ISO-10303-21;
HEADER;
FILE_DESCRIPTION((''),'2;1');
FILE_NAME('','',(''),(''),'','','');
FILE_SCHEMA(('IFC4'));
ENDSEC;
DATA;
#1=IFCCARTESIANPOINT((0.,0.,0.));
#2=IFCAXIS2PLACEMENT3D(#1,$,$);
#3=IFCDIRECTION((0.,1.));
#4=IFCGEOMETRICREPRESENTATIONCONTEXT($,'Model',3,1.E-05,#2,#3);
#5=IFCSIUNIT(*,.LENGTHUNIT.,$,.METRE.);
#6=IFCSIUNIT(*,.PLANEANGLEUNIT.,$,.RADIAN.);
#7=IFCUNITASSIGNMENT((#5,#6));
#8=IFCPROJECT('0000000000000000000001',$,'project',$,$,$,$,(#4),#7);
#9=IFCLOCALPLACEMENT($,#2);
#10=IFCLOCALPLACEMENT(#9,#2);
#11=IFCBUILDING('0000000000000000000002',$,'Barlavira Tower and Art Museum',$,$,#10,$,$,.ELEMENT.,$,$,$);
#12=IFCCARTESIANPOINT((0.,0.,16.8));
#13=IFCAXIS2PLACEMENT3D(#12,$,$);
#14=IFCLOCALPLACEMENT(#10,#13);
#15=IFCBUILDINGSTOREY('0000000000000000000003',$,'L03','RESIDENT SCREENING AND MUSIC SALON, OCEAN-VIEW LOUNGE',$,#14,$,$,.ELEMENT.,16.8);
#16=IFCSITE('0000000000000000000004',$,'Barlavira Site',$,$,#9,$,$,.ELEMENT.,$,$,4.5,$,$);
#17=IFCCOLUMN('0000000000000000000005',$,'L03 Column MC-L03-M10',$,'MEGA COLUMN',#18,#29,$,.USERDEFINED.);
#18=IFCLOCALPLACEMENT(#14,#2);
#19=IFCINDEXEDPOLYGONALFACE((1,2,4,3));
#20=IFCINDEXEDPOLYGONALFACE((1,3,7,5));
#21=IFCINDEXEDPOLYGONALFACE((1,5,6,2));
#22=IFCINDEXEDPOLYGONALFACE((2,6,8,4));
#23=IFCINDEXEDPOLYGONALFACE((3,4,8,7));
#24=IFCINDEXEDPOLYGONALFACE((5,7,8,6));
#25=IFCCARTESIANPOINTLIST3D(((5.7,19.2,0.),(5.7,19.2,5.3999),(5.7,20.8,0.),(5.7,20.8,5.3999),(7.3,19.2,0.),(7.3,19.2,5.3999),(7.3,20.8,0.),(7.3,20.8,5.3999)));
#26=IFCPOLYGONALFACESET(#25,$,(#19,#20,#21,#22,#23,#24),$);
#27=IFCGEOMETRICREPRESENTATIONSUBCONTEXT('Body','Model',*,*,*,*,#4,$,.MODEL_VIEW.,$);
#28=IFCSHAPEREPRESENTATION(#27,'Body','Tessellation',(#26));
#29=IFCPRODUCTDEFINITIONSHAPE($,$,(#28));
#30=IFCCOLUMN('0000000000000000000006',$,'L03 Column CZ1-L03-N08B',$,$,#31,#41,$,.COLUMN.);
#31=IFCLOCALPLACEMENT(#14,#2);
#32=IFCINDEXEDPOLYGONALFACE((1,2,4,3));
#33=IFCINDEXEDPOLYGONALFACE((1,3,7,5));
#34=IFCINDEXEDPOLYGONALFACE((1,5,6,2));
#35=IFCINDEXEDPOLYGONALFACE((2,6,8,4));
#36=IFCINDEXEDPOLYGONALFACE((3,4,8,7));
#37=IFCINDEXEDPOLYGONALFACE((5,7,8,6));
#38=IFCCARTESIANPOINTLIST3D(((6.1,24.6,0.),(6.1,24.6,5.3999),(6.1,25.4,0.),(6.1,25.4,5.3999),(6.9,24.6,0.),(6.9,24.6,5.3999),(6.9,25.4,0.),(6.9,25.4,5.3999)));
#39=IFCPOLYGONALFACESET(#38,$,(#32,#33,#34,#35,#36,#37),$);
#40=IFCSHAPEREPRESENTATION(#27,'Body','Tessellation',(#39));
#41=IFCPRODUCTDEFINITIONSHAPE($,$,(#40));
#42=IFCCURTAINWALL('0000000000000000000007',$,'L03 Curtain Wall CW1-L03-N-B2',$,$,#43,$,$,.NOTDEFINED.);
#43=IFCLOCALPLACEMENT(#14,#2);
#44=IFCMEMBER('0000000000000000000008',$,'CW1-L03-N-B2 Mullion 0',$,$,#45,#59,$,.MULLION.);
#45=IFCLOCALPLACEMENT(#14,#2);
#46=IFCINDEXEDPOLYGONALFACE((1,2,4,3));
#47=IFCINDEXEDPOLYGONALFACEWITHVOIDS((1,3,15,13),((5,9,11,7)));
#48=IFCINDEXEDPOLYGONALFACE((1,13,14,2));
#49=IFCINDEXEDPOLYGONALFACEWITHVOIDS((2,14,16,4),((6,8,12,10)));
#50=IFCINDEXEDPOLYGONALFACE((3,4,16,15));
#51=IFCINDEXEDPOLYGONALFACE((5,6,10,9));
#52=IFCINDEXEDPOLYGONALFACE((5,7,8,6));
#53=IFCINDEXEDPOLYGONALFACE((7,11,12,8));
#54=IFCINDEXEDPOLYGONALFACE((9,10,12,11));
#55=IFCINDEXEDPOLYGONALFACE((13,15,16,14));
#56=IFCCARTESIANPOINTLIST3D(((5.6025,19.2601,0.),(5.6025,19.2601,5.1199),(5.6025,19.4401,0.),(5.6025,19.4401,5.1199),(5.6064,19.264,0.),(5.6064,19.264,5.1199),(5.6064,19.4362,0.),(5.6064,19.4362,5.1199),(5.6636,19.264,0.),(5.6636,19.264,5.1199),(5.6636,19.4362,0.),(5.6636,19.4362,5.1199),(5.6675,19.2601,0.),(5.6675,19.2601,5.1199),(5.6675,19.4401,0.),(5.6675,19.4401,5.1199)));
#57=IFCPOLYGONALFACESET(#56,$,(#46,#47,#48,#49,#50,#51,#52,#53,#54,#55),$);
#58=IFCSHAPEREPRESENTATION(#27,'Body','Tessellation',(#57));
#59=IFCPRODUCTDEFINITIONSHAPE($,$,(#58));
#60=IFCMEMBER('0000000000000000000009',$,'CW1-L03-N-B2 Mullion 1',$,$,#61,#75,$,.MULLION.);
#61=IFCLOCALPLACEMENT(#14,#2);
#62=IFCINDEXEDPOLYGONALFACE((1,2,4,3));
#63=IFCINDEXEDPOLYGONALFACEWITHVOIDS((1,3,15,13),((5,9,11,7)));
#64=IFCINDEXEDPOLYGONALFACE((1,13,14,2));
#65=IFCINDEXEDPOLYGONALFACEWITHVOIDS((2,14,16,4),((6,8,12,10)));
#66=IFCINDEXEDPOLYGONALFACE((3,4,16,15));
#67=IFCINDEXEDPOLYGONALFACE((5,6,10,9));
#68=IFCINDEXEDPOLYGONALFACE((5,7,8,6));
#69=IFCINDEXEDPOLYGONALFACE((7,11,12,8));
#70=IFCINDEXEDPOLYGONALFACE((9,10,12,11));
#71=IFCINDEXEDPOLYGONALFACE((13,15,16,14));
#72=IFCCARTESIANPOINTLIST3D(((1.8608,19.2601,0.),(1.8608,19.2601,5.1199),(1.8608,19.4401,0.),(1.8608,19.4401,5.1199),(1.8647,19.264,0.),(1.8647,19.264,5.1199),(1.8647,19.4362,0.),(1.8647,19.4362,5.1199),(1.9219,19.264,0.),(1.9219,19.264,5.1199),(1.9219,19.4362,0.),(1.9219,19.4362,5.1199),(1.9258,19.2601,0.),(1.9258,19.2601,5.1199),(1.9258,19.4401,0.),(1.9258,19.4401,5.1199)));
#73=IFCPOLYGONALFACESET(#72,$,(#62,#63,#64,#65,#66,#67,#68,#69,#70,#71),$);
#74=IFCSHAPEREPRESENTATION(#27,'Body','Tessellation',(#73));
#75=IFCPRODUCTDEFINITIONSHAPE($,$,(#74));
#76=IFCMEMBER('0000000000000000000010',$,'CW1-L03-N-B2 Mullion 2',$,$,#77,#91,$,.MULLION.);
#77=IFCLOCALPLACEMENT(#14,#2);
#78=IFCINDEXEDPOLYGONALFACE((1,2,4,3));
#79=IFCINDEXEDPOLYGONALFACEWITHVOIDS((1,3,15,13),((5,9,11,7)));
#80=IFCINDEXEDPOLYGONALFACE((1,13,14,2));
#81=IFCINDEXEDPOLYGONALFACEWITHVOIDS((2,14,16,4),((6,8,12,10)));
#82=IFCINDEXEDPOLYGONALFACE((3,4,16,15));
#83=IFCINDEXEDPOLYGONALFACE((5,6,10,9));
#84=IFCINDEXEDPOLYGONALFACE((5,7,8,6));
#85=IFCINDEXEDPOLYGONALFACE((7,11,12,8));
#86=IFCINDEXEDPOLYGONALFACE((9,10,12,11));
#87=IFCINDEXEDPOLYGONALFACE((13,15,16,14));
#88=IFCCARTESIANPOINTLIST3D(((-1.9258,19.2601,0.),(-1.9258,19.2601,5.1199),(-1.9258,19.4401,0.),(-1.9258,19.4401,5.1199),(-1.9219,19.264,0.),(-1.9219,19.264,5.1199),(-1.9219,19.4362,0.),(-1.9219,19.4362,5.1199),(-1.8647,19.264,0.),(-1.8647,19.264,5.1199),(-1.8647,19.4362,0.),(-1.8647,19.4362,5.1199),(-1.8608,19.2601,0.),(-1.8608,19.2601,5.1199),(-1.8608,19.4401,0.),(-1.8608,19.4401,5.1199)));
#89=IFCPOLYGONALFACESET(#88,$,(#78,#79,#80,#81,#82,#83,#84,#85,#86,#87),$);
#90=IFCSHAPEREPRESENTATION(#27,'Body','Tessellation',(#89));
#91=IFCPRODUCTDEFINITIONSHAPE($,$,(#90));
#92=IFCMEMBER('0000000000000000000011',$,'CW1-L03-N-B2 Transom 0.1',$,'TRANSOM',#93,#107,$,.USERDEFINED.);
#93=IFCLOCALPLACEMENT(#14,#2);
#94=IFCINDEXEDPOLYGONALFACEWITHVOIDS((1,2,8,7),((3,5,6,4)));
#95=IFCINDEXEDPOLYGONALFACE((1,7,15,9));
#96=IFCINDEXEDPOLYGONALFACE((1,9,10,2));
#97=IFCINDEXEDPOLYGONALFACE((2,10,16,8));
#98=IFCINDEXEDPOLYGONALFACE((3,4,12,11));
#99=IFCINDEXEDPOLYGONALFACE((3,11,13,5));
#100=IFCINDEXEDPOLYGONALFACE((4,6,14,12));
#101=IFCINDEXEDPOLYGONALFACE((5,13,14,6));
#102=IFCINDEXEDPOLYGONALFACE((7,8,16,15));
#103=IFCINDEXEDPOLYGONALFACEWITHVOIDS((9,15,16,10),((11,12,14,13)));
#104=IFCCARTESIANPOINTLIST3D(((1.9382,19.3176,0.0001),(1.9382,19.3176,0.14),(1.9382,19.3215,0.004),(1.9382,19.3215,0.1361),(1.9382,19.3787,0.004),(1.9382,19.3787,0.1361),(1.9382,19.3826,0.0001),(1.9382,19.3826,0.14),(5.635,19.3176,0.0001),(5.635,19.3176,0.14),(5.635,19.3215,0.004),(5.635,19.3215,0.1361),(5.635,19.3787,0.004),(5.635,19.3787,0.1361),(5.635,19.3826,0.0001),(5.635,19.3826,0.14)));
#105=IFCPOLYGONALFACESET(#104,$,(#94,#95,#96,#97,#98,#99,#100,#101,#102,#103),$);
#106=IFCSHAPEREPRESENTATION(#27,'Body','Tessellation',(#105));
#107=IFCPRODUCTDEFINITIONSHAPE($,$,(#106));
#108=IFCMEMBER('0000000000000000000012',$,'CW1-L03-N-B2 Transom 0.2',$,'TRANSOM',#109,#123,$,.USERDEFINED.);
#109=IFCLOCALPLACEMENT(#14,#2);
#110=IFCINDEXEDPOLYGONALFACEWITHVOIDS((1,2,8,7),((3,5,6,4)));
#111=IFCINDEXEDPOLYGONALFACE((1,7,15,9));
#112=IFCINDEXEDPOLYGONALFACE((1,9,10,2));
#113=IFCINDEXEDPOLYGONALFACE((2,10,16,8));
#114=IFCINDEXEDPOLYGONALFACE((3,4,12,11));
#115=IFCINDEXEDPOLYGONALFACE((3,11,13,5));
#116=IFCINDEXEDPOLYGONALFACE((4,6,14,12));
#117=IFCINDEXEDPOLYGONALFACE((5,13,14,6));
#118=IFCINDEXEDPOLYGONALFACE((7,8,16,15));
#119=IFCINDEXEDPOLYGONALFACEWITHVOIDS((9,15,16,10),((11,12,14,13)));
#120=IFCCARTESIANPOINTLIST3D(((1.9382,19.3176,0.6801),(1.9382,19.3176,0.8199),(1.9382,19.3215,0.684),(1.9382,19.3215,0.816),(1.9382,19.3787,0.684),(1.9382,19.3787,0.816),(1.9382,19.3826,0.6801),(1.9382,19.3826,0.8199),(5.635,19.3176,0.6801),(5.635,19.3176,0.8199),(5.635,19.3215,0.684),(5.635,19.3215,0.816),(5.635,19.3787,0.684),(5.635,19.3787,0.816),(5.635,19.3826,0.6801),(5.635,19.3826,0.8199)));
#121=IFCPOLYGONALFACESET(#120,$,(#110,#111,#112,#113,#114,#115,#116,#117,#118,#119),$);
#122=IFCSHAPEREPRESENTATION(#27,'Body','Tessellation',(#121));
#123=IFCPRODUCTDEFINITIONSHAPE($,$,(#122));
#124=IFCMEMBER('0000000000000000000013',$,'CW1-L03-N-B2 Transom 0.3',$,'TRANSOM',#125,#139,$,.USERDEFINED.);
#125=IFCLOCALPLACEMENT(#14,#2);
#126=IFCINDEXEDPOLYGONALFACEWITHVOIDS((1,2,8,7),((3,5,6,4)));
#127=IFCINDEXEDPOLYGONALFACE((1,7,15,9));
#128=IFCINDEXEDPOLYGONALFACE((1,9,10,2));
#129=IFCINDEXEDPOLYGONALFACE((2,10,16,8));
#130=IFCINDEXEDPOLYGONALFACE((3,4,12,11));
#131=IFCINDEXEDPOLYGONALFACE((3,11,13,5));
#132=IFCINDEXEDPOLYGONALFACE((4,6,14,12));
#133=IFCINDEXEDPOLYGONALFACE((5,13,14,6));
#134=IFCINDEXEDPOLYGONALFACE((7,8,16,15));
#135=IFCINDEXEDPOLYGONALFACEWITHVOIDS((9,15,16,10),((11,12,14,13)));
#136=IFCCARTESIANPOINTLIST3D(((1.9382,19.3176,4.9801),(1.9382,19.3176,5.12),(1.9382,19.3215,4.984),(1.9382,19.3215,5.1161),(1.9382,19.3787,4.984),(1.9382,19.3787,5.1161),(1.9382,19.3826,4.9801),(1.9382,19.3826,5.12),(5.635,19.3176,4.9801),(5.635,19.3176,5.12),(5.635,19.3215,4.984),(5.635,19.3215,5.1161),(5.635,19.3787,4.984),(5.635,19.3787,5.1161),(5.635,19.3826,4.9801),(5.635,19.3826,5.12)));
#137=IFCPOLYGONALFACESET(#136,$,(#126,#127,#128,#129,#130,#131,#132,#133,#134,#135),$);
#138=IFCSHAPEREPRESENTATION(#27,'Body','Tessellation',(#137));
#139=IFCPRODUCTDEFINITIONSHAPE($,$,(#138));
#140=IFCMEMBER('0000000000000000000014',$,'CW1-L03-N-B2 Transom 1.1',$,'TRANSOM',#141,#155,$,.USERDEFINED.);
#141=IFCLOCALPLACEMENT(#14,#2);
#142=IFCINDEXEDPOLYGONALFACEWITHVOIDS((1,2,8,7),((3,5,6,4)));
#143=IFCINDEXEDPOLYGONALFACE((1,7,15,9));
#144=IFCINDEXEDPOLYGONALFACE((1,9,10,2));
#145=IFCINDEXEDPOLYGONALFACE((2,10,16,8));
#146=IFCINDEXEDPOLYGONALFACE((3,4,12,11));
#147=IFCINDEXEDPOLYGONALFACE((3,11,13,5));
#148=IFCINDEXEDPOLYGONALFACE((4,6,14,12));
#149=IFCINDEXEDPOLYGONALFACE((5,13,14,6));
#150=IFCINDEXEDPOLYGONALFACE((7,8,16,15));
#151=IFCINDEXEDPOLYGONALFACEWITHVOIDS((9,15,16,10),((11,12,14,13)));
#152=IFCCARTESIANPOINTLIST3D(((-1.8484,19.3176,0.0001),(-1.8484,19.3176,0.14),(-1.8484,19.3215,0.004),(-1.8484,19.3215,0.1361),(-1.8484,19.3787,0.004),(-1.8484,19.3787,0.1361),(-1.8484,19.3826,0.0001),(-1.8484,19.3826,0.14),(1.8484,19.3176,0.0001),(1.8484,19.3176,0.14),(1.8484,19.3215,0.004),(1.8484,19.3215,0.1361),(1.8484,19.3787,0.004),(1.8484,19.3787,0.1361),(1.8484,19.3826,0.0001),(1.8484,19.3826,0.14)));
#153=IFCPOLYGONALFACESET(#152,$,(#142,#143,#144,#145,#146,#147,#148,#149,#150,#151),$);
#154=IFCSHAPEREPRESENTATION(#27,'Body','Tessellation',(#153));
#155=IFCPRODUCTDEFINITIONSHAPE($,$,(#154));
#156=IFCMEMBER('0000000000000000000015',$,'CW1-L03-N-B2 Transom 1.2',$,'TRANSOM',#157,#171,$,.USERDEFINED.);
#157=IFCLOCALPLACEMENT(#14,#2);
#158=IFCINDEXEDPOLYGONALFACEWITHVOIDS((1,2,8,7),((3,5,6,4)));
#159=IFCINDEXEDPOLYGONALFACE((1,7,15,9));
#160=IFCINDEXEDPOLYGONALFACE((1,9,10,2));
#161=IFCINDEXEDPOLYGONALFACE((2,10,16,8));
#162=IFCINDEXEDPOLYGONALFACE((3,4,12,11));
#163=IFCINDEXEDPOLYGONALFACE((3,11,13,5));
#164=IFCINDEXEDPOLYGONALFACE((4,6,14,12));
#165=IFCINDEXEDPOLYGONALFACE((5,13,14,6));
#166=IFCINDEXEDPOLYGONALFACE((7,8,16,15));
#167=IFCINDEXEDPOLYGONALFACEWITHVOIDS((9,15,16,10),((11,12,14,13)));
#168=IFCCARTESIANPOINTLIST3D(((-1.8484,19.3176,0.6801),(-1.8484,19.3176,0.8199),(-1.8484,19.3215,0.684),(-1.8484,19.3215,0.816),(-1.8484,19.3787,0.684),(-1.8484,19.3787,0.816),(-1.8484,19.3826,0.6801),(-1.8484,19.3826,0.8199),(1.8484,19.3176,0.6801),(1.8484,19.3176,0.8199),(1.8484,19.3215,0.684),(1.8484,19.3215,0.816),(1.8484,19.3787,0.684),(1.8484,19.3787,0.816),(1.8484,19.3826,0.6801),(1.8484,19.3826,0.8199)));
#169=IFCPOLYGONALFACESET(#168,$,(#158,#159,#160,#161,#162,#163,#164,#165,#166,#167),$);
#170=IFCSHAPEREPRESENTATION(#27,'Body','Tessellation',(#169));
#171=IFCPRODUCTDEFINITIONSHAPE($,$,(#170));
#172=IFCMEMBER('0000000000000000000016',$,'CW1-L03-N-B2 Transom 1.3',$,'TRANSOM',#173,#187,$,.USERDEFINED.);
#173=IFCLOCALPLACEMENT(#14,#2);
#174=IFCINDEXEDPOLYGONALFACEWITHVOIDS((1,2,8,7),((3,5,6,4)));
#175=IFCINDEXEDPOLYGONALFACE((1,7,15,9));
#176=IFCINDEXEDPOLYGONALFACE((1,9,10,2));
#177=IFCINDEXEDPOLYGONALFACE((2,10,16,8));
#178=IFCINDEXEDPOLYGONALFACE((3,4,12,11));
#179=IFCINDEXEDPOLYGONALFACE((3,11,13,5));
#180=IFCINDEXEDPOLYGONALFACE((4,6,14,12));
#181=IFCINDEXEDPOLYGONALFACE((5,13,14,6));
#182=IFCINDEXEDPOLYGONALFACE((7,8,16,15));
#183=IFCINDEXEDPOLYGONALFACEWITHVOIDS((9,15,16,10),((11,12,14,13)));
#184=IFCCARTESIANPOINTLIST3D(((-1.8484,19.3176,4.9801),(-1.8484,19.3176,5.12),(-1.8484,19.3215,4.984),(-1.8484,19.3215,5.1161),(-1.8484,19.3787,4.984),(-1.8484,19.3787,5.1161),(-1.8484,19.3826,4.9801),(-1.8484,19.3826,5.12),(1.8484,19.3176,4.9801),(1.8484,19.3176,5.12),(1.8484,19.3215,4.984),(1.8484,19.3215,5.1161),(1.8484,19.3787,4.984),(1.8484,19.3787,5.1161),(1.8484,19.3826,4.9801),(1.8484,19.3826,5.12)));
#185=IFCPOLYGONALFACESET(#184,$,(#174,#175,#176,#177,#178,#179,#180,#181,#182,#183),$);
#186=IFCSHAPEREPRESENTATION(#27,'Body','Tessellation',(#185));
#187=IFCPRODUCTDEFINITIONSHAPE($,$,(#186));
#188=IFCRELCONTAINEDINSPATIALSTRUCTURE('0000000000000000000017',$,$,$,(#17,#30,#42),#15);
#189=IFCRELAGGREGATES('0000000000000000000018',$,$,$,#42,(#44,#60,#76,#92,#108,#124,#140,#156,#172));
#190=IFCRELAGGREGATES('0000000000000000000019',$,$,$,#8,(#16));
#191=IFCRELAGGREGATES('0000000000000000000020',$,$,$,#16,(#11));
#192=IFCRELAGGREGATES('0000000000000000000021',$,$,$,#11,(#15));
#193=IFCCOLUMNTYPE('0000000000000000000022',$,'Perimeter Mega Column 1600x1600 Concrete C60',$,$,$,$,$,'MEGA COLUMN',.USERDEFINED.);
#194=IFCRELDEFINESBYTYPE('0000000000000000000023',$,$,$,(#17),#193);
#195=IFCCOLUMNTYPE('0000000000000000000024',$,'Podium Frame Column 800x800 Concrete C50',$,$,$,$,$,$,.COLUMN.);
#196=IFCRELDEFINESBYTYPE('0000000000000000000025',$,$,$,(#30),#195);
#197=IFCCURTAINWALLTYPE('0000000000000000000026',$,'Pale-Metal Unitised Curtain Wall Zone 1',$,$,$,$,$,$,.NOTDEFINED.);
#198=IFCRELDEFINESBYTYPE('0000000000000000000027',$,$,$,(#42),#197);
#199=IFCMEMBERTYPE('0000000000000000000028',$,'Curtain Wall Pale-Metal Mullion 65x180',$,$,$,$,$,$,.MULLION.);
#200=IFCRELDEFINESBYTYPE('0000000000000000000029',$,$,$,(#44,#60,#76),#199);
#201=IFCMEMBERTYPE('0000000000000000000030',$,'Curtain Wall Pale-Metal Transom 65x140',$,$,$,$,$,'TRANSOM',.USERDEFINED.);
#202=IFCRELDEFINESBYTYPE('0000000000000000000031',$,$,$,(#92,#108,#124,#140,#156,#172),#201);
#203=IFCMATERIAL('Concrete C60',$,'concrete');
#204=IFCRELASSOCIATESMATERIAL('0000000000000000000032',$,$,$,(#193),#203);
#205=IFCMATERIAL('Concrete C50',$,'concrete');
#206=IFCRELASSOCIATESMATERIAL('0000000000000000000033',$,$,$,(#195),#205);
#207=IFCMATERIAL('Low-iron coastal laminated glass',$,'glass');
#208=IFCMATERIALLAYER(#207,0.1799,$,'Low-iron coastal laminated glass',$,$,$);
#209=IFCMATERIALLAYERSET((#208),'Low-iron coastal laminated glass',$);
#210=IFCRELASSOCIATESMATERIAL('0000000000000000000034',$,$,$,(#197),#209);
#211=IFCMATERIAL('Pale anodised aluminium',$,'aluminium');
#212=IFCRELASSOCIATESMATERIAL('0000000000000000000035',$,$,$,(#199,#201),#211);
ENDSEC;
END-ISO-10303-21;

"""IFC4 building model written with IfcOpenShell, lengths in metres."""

from ifc_helpers import new_model, si_unit, direction, frame, origin, origin_2d, place, context, subcontext, project, spatial, rectangle, hollow_rectangle, extrude, material, layer, layer_set, material_profile, profile_set, type_object, element, aggregate, save


model = new_model("IFC4")

# Units and contexts
model_context = context("Model", 3, precision=1e-05, world=origin(), true_north=direction((0.0, 1.0)))
body_context = subcontext(model_context, "Body", "Model", "MODEL_VIEW")
ifc_project = project(units=[si_unit("LENGTHUNIT", "METRE"), si_unit("PLANEANGLEUNIT", "RADIAN")], contexts=[model_context])

# Site, building, storey
site_placement = place(None, origin())
site = spatial("IfcSite", under=ifc_project, at=site_placement, Name="Barlavira Site", CompositionType="ELEMENT", RefElevation=4.5)
building_placement = place(site_placement, origin())
building = spatial("IfcBuilding", under=site, at=building_placement, Name="Barlavira Tower and Art Museum", CompositionType="ELEMENT")
storey_placement = place(building_placement, frame((0.0, 0.0, 16.8)))
storey = spatial("IfcBuildingStorey", under=building, at=storey_placement, Name="L03", Description="RESIDENT SCREENING AND MUSIC SALON, OCEAN-VIEW LOUNGE", CompositionType="ELEMENT", Elevation=16.8)

# Columns
ifc_material_1 = material(Name="Concrete C60", Category="concrete")
ifc_material_profile_1 = material_profile(ifc_material_1, rectangle(XDim=1.6001, YDim=1.6001, at=origin_2d()), Name="RC-MCOL 1600x1600")
ifc_profile_set_1 = profile_set([ifc_material_profile_1], Name="Concrete C60")
column_type_1 = type_object("IfcColumnType", Name="Perimeter Mega Column 1600x1600 Concrete C60", ElementType="MEGA COLUMN", PredefinedType="USERDEFINED", material=ifc_profile_set_1)
column_1_placement = place(storey_placement, frame((6.5, 20.0, 0.0), z_axis=(0.0, 0.0, 1.0), x_axis=(1.0, 0.0, 0.0)))
element("IfcColumn", 1, at=column_1_placement, inside=storey, type_object=column_type_1, Name="L03 Column MC-L03-M10", ObjectType="MEGA COLUMN", PredefinedType="USERDEFINED", context=body_context, shape_type="SweptSolid", body=[
    extrude(rectangle(XDim=1.6001, YDim=1.6001, at=origin_2d()), origin(), (0.0, 0.0, 1.0), 5.3999),
])
ifc_material_2 = material(Name="Concrete C50", Category="concrete")
ifc_material_profile_2 = material_profile(ifc_material_2, rectangle(XDim=0.8, YDim=0.8, at=origin_2d()), Name="RC-COL 800x800")
ifc_profile_set_2 = profile_set([ifc_material_profile_2], Name="Concrete C50")
column_type_2 = type_object("IfcColumnType", Name="Podium Frame Column 800x800 Concrete C50", PredefinedType="COLUMN", material=ifc_profile_set_2)
column_2_placement = place(storey_placement, frame((6.5, 25.0, 0.0), z_axis=(0.0, 0.0, 1.0), x_axis=(1.0, 0.0, 0.0)))
element("IfcColumn", 2, at=column_2_placement, inside=storey, type_object=column_type_2, Name="L03 Column CZ1-L03-N08B", PredefinedType="COLUMN", context=body_context, shape_type="SweptSolid", body=[
    extrude(rectangle(XDim=0.8, YDim=0.8, at=origin_2d()), origin(), (0.0, 0.0, 1.0), 5.3999),
])

# Curtain wall, members
ifc_material_3 = material(Name="Low-iron coastal laminated glass", Category="glass")
ifc_layer_1 = layer(ifc_material_3, 0.1799, Name="Low-iron coastal laminated glass")
ifc_layer_set_1 = layer_set([ifc_layer_1], Name="Low-iron coastal laminated glass")
curtain_wall_type = type_object("IfcCurtainWallType", Name="Pale-Metal Unitised Curtain Wall Zone 1", PredefinedType="NOTDEFINED", material=ifc_layer_set_1)
curtain_wall_placement = place(storey_placement, origin())
curtain_wall = element("IfcCurtainWall", 3, at=curtain_wall_placement, inside=storey, type_object=curtain_wall_type, Name="L03 Curtain Wall CW1-L03-N-B2", PredefinedType="NOTDEFINED")
ifc_material_4 = material(Name="Pale anodised aluminium", Category="aluminium")
ifc_material_profile_3 = material_profile(ifc_material_4, hollow_rectangle(XDim=0.0649, YDim=0.1799, WallThickness=0.0039, at=origin_2d()), Name="ALU-MULL 65x180x4")
ifc_profile_set_3 = profile_set([ifc_material_profile_3], Name="Pale anodised aluminium")
member_type_1 = type_object("IfcMemberType", Name="Curtain Wall Pale-Metal Mullion 65x180", PredefinedType="MULLION", material=ifc_profile_set_3)
member_1_placement = place(storey_placement, frame((5.635, 19.3501, 0.0), z_axis=(0.0, 0.0, 1.0), x_axis=(-1.0, 0.0, 0.0)))
member_1 = element("IfcMember", 4, at=member_1_placement, type_object=member_type_1, Name="CW1-L03-N-B2 Mullion 0", PredefinedType="MULLION", context=body_context, shape_type="SweptSolid", body=[
    extrude(hollow_rectangle(XDim=0.0649, YDim=0.1799, WallThickness=0.0039, at=origin_2d()), origin(), (0.0, 0.0, 1.0), 5.1199),
])
member_2_placement = place(storey_placement, frame((1.8933, 19.3501, 0.0), z_axis=(0.0, 0.0, 1.0), x_axis=(-1.0, 0.0, 0.0)))
member_2 = element("IfcMember", 5, at=member_2_placement, type_object=member_type_1, Name="CW1-L03-N-B2 Mullion 1", PredefinedType="MULLION", context=body_context, shape_type="SweptSolid", body=[
    extrude(hollow_rectangle(XDim=0.0649, YDim=0.1799, WallThickness=0.0039, at=origin_2d()), origin(), (0.0, 0.0, 1.0), 5.1199),
])
member_3_placement = place(storey_placement, frame((-1.8933, 19.3501, 0.0), z_axis=(0.0, 0.0, 1.0), x_axis=(-1.0, 0.0, 0.0)))
member_3 = element("IfcMember", 6, at=member_3_placement, type_object=member_type_1, Name="CW1-L03-N-B2 Mullion 2", PredefinedType="MULLION", context=body_context, shape_type="SweptSolid", body=[
    extrude(hollow_rectangle(XDim=0.0649, YDim=0.1799, WallThickness=0.0039, at=origin_2d()), origin(), (0.0, 0.0, 1.0), 5.1199),
])
ifc_material_profile_4 = material_profile(ifc_material_4, hollow_rectangle(XDim=0.0649, YDim=0.1399, WallThickness=0.0039, at=origin_2d()), Name="ALU-TRAN 65x140x4")
ifc_profile_set_4 = profile_set([ifc_material_profile_4], Name="Pale anodised aluminium")
member_type_2 = type_object("IfcMemberType", Name="Curtain Wall Pale-Metal Transom 65x140", ElementType="TRANSOM", PredefinedType="USERDEFINED", material=ifc_profile_set_4)
member_4_placement = place(storey_placement, frame((5.635, 19.3501, 0.0701), z_axis=(-1.0, 0.0, 0.0), x_axis=(0.0, -1.0, 0.0)))
member_4 = element("IfcMember", 7, at=member_4_placement, type_object=member_type_2, Name="CW1-L03-N-B2 Transom 0.1", ObjectType="TRANSOM", PredefinedType="USERDEFINED", context=body_context, shape_type="SweptSolid", body=[
    extrude(hollow_rectangle(XDim=0.0649, YDim=0.1399, WallThickness=0.0039, at=origin_2d()), origin(), (0.0, 0.0, 1.0), 3.6968),
])
member_5_placement = place(storey_placement, frame((5.635, 19.3501, 0.75), z_axis=(-1.0, 0.0, 0.0), x_axis=(0.0, -1.0, 0.0)))
member_5 = element("IfcMember", 8, at=member_5_placement, type_object=member_type_2, Name="CW1-L03-N-B2 Transom 0.2", ObjectType="TRANSOM", PredefinedType="USERDEFINED", context=body_context, shape_type="SweptSolid", body=[
    extrude(hollow_rectangle(XDim=0.0649, YDim=0.1399, WallThickness=0.0039, at=origin_2d()), origin(), (0.0, 0.0, 1.0), 3.6968),
])
member_6_placement = place(storey_placement, frame((5.635, 19.3501, 5.05), z_axis=(-1.0, 0.0, 0.0), x_axis=(0.0, -1.0, 0.0)))
member_6 = element("IfcMember", 9, at=member_6_placement, type_object=member_type_2, Name="CW1-L03-N-B2 Transom 0.3", ObjectType="TRANSOM", PredefinedType="USERDEFINED", context=body_context, shape_type="SweptSolid", body=[
    extrude(hollow_rectangle(XDim=0.0649, YDim=0.1399, WallThickness=0.0039, at=origin_2d()), origin(), (0.0, 0.0, 1.0), 3.6968),
])
member_7_placement = place(storey_placement, frame((1.8484, 19.3501, 0.0701), z_axis=(-1.0, 0.0, 0.0), x_axis=(0.0, -1.0, 0.0)))
member_7 = element("IfcMember", 10, at=member_7_placement, type_object=member_type_2, Name="CW1-L03-N-B2 Transom 1.1", ObjectType="TRANSOM", PredefinedType="USERDEFINED", context=body_context, shape_type="SweptSolid", body=[
    extrude(hollow_rectangle(XDim=0.0649, YDim=0.1399, WallThickness=0.0039, at=origin_2d()), origin(), (0.0, 0.0, 1.0), 3.6968),
])
member_8_placement = place(storey_placement, frame((1.8484, 19.3501, 0.75), z_axis=(-1.0, 0.0, 0.0), x_axis=(0.0, -1.0, 0.0)))
member_8 = element("IfcMember", 11, at=member_8_placement, type_object=member_type_2, Name="CW1-L03-N-B2 Transom 1.2", ObjectType="TRANSOM", PredefinedType="USERDEFINED", context=body_context, shape_type="SweptSolid", body=[
    extrude(hollow_rectangle(XDim=0.0649, YDim=0.1399, WallThickness=0.0039, at=origin_2d()), origin(), (0.0, 0.0, 1.0), 3.6968),
])
member_9_placement = place(storey_placement, frame((1.8484, 19.3501, 5.05), z_axis=(-1.0, 0.0, 0.0), x_axis=(0.0, -1.0, 0.0)))
member_9 = element("IfcMember", 12, at=member_9_placement, type_object=member_type_2, Name="CW1-L03-N-B2 Transom 1.3", ObjectType="TRANSOM", PredefinedType="USERDEFINED", context=body_context, shape_type="SweptSolid", body=[
    extrude(hollow_rectangle(XDim=0.0649, YDim=0.1399, WallThickness=0.0039, at=origin_2d()), origin(), (0.0, 0.0, 1.0), 3.6968),
])

aggregate(curtain_wall, [member_1, member_2, member_3, member_4, member_5, member_6, member_7, member_8, member_9])

save(model, "model.ifc")
